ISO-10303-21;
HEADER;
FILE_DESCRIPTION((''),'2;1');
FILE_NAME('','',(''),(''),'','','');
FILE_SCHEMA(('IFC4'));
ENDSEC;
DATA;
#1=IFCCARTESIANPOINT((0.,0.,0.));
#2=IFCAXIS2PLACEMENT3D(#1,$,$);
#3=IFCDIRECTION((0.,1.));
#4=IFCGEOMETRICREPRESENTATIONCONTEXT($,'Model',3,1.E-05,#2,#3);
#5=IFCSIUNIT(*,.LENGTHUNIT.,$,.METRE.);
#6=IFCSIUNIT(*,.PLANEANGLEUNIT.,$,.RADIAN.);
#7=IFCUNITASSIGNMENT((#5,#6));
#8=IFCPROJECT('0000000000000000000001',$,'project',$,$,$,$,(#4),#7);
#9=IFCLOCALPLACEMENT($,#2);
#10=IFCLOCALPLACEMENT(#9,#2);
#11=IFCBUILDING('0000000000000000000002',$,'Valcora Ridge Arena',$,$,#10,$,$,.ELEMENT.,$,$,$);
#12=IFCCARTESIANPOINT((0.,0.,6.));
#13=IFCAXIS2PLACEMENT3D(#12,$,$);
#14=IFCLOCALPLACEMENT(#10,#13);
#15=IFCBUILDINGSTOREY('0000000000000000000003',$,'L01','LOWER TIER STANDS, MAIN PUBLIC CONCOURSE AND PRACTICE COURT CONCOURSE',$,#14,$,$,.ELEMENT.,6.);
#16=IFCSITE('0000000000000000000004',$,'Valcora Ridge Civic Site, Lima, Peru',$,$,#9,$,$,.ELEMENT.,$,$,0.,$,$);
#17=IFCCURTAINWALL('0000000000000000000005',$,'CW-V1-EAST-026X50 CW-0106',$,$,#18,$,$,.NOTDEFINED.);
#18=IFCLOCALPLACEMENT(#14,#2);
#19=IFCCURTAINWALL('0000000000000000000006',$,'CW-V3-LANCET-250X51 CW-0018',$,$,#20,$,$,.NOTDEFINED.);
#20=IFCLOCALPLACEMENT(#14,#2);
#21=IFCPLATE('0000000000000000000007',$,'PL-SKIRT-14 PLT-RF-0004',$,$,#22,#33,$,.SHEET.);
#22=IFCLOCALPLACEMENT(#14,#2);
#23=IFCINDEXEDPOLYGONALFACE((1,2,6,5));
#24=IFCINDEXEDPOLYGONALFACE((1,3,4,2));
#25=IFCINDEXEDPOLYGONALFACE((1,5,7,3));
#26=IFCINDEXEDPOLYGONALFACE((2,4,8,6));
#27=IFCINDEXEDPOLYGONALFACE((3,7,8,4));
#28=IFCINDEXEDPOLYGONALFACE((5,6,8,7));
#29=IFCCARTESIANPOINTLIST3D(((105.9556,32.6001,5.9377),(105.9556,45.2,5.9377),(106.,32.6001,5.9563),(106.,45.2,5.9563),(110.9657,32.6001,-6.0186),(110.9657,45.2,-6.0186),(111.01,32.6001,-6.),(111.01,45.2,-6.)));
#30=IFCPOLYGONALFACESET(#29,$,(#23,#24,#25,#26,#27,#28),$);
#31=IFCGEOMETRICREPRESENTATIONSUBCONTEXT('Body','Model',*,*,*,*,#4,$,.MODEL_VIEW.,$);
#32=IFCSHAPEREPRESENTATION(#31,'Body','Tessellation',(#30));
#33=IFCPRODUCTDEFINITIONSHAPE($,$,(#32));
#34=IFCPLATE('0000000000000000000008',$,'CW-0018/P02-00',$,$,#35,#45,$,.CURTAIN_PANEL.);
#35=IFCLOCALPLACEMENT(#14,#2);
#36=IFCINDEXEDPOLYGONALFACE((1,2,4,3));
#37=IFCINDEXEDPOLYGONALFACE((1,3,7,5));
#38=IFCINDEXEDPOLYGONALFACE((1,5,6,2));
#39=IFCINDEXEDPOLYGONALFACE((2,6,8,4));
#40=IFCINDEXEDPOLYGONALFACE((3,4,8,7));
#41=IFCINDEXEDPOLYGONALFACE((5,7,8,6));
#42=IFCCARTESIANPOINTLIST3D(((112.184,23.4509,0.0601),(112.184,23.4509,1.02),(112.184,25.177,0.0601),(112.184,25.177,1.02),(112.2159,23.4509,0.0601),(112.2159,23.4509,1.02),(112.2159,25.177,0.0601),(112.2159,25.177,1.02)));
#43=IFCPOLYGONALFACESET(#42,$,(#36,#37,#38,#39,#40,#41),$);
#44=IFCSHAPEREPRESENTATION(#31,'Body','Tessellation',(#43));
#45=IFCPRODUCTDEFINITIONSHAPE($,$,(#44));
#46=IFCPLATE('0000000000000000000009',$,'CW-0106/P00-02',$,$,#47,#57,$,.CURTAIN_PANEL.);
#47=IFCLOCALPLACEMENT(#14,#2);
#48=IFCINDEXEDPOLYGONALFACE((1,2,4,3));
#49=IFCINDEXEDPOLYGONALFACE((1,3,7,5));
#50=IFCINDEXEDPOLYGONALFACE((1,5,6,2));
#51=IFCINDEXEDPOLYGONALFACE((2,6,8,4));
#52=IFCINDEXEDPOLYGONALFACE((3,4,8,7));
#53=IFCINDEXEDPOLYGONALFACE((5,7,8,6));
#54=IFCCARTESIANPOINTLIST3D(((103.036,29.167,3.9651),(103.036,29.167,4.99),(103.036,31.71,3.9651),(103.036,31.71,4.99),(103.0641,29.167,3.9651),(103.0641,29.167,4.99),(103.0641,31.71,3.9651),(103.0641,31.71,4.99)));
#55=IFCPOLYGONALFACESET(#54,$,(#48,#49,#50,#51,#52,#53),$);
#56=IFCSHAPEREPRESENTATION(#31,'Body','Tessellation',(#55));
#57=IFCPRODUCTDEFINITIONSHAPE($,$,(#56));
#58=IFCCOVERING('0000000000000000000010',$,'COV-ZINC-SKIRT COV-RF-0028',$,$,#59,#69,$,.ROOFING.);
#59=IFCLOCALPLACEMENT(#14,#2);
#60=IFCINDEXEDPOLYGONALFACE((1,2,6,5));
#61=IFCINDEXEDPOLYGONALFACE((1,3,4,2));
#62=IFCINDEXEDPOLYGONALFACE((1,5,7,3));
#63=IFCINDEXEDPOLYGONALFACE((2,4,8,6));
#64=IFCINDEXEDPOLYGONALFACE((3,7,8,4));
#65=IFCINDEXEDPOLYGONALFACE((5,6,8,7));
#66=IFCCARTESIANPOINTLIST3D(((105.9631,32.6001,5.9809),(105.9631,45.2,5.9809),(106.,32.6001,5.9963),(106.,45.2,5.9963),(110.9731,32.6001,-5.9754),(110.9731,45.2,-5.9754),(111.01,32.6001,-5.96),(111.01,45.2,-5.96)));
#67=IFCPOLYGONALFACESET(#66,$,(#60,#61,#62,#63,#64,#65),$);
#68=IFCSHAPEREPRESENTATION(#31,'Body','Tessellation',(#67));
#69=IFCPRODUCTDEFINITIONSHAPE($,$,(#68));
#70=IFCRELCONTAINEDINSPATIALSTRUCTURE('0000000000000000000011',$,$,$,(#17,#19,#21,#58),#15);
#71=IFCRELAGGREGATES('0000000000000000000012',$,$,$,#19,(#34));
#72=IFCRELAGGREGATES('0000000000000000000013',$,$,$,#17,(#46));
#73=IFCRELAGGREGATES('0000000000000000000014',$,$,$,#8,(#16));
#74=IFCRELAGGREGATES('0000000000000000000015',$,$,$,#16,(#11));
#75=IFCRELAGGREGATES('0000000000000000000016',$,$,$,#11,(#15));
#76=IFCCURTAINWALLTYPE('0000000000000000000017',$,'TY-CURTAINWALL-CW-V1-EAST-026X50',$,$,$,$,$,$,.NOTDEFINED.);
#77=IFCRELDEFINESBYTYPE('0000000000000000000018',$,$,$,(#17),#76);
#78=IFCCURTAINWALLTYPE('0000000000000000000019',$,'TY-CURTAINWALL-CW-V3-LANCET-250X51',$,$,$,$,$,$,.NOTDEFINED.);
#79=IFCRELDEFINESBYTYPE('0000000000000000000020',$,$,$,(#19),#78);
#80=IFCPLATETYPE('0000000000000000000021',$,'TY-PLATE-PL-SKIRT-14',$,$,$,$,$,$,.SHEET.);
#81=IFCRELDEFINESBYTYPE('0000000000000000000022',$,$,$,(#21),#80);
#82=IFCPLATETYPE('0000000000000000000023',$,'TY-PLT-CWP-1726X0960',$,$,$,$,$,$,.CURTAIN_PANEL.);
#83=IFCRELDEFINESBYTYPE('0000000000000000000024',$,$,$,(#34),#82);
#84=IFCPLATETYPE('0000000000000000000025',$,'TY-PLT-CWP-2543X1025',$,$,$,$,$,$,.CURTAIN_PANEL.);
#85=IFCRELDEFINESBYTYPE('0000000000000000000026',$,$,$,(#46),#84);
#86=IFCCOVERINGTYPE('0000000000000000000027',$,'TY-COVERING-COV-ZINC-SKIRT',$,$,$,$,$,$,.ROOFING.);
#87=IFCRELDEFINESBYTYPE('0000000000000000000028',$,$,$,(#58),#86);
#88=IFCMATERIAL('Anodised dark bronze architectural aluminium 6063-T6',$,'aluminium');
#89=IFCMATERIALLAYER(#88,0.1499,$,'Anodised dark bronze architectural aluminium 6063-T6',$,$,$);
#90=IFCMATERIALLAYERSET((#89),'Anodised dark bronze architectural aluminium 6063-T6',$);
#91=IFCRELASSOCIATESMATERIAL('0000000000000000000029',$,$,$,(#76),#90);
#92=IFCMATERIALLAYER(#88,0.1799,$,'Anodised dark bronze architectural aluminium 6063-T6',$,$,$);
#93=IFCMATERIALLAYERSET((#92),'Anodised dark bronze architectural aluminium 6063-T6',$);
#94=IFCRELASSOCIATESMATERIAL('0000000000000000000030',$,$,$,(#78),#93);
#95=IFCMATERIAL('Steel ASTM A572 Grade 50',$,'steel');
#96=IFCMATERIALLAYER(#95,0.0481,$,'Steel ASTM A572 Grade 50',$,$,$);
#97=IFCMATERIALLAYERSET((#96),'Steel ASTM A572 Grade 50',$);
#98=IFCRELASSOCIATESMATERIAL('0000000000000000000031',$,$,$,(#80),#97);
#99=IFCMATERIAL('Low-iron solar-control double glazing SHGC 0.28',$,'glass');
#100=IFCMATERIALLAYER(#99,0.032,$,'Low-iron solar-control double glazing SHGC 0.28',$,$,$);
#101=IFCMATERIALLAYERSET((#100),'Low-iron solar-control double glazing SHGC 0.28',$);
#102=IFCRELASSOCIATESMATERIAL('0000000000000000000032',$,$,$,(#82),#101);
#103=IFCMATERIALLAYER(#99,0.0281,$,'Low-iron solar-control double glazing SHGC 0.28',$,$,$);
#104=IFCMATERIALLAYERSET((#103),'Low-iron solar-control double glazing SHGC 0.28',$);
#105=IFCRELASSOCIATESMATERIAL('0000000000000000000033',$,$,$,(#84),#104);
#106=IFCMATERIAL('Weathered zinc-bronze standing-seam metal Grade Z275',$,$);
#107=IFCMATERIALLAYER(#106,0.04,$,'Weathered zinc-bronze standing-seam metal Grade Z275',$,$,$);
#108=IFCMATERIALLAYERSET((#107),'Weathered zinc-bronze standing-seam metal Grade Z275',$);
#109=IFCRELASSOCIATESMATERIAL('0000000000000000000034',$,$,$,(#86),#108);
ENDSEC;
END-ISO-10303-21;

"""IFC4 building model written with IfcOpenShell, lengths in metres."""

from ifc_helpers import new_model, si_unit, direction, frame, origin, origin_2d, place, context, subcontext, project, spatial, polyline, rectangle, outline, extrude, material, layer, layer_set, type_object, element, aggregate, save


model = new_model("IFC4")

# Units and contexts
model_context = context("Model", 3, precision=1e-05, world=origin(), true_north=direction((0.0, 1.0)))
body_context = subcontext(model_context, "Body", "Model", "MODEL_VIEW")
ifc_project = project(units=[si_unit("LENGTHUNIT", "METRE"), si_unit("PLANEANGLEUNIT", "RADIAN")], contexts=[model_context])

# Site, building, storey
site_placement = place(None, origin())
site = spatial("IfcSite", under=ifc_project, at=site_placement, Name="Valcora Ridge Civic Site, Lima, Peru", CompositionType="ELEMENT", RefElevation=0.0)
building_placement = place(site_placement, origin())
building = spatial("IfcBuilding", under=site, at=building_placement, Name="Valcora Ridge Arena", CompositionType="ELEMENT")
storey_placement = place(building_placement, frame((0.0, 0.0, 6.0)))
storey = spatial("IfcBuildingStorey", under=building, at=storey_placement, Name="L01", Description="LOWER TIER STANDS, MAIN PUBLIC CONCOURSE AND PRACTICE COURT CONCOURSE", CompositionType="ELEMENT", Elevation=6.0)

# Curtain walls
ifc_material_1 = material(Name="Anodised dark bronze architectural aluminium 6063-T6", Category="aluminium")
ifc_layer_1 = layer(ifc_material_1, 0.1499, Name="Anodised dark bronze architectural aluminium 6063-T6")
ifc_layer_set_1 = layer_set([ifc_layer_1], Name="Anodised dark bronze architectural aluminium 6063-T6")
curtain_wall_type_1 = type_object("IfcCurtainWallType", Name="TY-CURTAINWALL-CW-V1-EAST-026X50", PredefinedType="NOTDEFINED", material=ifc_layer_set_1)
curtain_wall_1_placement = place(storey_placement, origin())
curtain_wall_1 = element("IfcCurtainWall", 1, at=curtain_wall_1_placement, inside=storey, type_object=curtain_wall_type_1, Name="CW-V1-EAST-026X50 CW-0106", PredefinedType="NOTDEFINED")
ifc_layer_2 = layer(ifc_material_1, 0.1799, Name="Anodised dark bronze architectural aluminium 6063-T6")
ifc_layer_set_2 = layer_set([ifc_layer_2], Name="Anodised dark bronze architectural aluminium 6063-T6")
curtain_wall_type_2 = type_object("IfcCurtainWallType", Name="TY-CURTAINWALL-CW-V3-LANCET-250X51", PredefinedType="NOTDEFINED", material=ifc_layer_set_2)
curtain_wall_2_placement = place(storey_placement, origin())
curtain_wall_2 = element("IfcCurtainWall", 2, at=curtain_wall_2_placement, inside=storey, type_object=curtain_wall_type_2, Name="CW-V3-LANCET-250X51 CW-0018", PredefinedType="NOTDEFINED")

# Plate
ifc_material_2 = material(Name="Steel ASTM A572 Grade 50", Category="steel")
ifc_layer_3 = layer(ifc_material_2, 0.0481, Name="Steel ASTM A572 Grade 50")
ifc_layer_set_3 = layer_set([ifc_layer_3], Name="Steel ASTM A572 Grade 50")
plate_type_1 = type_object("IfcPlateType", Name="TY-PLATE-PL-SKIRT-14", PredefinedType="SHEET", material=ifc_layer_set_3)
plate_1_placement = place(storey_placement, frame((106.0, 32.6001, 5.9563), z_axis=(0.922302, 0.0, 0.386469), x_axis=(0.386469, 0.0, -0.922302)))
element("IfcPlate", 3, at=plate_1_placement, inside=storey, type_object=plate_type_1, Name="PL-SKIRT-14 PLT-RF-0004", PredefinedType="SHEET", context=body_context, shape_type="SweptSolid", body=[
    extrude(outline(polyline([(0.0, 0.0), (12.9635, 0.0), (12.9635, 12.5999), (0.0, 12.5999), (0.0, 0.0)])), origin(), (0.0, 0.0, -1.0), 0.0481),
])

# Plates
ifc_material_3 = material(Name="Low-iron solar-control double glazing SHGC 0.28", Category="glass")
ifc_layer_4 = layer(ifc_material_3, 0.032, Name="Low-iron solar-control double glazing SHGC 0.28")
ifc_layer_set_4 = layer_set([ifc_layer_4], Name="Low-iron solar-control double glazing SHGC 0.28")
plate_type_2 = type_object("IfcPlateType", Name="TY-PLT-CWP-1726X0960", PredefinedType="CURTAIN_PANEL", material=ifc_layer_set_4)
plate_2_placement = place(storey_placement, frame((112.2, 24.314, 0.0601), z_axis=(0.0, 0.0, 1.0), x_axis=(0.0, 1.0, 0.0)))
plate_2 = element("IfcPlate", 4, at=plate_2_placement, type_object=plate_type_2, Name="CW-0018/P02-00", PredefinedType="CURTAIN_PANEL", context=body_context, shape_type="SweptSolid", body=[
    extrude(rectangle(XDim=1.7261, YDim=0.032, at=origin_2d()), origin(), (0.0, 0.0, 1.0), 0.96),
])
aggregate(curtain_wall_2, [plate_2])
ifc_layer_5 = layer(ifc_material_3, 0.0281, Name="Low-iron solar-control double glazing SHGC 0.28")
ifc_layer_set_5 = layer_set([ifc_layer_5], Name="Low-iron solar-control double glazing SHGC 0.28")
plate_type_3 = type_object("IfcPlateType", Name="TY-PLT-CWP-2543X1025", PredefinedType="CURTAIN_PANEL", material=ifc_layer_set_5)
plate_3_placement = place(storey_placement, frame((103.05, 30.4385, 3.9651), z_axis=(0.0, 0.0, 1.0), x_axis=(0.0, 1.0, 0.0)))
plate_3 = element("IfcPlate", 5, at=plate_3_placement, type_object=plate_type_3, Name="CW-0106/P00-02", PredefinedType="CURTAIN_PANEL", context=body_context, shape_type="SweptSolid", body=[
    extrude(rectangle(XDim=2.543, YDim=0.0281, at=origin_2d()), origin(), (0.0, 0.0, 1.0), 1.0249),
])
aggregate(curtain_wall_1, [plate_3])

# Covering
ifc_material_4 = material(Name="Weathered zinc-bronze standing-seam metal Grade Z275")
ifc_layer_6 = layer(ifc_material_4, 0.04, Name="Weathered zinc-bronze standing-seam metal Grade Z275")
ifc_layer_set_6 = layer_set([ifc_layer_6], Name="Weathered zinc-bronze standing-seam metal Grade Z275")
covering_type = type_object("IfcCoveringType", Name="TY-COVERING-COV-ZINC-SKIRT", PredefinedType="ROOFING", material=ifc_layer_set_6)
covering_placement = place(storey_placement, frame((106.0, 32.6001, 5.9963), z_axis=(0.922302, 0.0, 0.386469), x_axis=(0.386469, 0.0, -0.922302)))
element("IfcCovering", 6, at=covering_placement, inside=storey, type_object=covering_type, Name="COV-ZINC-SKIRT COV-RF-0028", PredefinedType="ROOFING", context=body_context, shape_type="SweptSolid", body=[
    extrude(outline(polyline([(0.0, 0.0), (12.9635, 0.0), (12.9635, 12.5999), (0.0, 12.5999), (0.0, 0.0)])), origin(), (0.0, 0.0, -1.0), 0.04),
])

save(model, "model.ifc")
